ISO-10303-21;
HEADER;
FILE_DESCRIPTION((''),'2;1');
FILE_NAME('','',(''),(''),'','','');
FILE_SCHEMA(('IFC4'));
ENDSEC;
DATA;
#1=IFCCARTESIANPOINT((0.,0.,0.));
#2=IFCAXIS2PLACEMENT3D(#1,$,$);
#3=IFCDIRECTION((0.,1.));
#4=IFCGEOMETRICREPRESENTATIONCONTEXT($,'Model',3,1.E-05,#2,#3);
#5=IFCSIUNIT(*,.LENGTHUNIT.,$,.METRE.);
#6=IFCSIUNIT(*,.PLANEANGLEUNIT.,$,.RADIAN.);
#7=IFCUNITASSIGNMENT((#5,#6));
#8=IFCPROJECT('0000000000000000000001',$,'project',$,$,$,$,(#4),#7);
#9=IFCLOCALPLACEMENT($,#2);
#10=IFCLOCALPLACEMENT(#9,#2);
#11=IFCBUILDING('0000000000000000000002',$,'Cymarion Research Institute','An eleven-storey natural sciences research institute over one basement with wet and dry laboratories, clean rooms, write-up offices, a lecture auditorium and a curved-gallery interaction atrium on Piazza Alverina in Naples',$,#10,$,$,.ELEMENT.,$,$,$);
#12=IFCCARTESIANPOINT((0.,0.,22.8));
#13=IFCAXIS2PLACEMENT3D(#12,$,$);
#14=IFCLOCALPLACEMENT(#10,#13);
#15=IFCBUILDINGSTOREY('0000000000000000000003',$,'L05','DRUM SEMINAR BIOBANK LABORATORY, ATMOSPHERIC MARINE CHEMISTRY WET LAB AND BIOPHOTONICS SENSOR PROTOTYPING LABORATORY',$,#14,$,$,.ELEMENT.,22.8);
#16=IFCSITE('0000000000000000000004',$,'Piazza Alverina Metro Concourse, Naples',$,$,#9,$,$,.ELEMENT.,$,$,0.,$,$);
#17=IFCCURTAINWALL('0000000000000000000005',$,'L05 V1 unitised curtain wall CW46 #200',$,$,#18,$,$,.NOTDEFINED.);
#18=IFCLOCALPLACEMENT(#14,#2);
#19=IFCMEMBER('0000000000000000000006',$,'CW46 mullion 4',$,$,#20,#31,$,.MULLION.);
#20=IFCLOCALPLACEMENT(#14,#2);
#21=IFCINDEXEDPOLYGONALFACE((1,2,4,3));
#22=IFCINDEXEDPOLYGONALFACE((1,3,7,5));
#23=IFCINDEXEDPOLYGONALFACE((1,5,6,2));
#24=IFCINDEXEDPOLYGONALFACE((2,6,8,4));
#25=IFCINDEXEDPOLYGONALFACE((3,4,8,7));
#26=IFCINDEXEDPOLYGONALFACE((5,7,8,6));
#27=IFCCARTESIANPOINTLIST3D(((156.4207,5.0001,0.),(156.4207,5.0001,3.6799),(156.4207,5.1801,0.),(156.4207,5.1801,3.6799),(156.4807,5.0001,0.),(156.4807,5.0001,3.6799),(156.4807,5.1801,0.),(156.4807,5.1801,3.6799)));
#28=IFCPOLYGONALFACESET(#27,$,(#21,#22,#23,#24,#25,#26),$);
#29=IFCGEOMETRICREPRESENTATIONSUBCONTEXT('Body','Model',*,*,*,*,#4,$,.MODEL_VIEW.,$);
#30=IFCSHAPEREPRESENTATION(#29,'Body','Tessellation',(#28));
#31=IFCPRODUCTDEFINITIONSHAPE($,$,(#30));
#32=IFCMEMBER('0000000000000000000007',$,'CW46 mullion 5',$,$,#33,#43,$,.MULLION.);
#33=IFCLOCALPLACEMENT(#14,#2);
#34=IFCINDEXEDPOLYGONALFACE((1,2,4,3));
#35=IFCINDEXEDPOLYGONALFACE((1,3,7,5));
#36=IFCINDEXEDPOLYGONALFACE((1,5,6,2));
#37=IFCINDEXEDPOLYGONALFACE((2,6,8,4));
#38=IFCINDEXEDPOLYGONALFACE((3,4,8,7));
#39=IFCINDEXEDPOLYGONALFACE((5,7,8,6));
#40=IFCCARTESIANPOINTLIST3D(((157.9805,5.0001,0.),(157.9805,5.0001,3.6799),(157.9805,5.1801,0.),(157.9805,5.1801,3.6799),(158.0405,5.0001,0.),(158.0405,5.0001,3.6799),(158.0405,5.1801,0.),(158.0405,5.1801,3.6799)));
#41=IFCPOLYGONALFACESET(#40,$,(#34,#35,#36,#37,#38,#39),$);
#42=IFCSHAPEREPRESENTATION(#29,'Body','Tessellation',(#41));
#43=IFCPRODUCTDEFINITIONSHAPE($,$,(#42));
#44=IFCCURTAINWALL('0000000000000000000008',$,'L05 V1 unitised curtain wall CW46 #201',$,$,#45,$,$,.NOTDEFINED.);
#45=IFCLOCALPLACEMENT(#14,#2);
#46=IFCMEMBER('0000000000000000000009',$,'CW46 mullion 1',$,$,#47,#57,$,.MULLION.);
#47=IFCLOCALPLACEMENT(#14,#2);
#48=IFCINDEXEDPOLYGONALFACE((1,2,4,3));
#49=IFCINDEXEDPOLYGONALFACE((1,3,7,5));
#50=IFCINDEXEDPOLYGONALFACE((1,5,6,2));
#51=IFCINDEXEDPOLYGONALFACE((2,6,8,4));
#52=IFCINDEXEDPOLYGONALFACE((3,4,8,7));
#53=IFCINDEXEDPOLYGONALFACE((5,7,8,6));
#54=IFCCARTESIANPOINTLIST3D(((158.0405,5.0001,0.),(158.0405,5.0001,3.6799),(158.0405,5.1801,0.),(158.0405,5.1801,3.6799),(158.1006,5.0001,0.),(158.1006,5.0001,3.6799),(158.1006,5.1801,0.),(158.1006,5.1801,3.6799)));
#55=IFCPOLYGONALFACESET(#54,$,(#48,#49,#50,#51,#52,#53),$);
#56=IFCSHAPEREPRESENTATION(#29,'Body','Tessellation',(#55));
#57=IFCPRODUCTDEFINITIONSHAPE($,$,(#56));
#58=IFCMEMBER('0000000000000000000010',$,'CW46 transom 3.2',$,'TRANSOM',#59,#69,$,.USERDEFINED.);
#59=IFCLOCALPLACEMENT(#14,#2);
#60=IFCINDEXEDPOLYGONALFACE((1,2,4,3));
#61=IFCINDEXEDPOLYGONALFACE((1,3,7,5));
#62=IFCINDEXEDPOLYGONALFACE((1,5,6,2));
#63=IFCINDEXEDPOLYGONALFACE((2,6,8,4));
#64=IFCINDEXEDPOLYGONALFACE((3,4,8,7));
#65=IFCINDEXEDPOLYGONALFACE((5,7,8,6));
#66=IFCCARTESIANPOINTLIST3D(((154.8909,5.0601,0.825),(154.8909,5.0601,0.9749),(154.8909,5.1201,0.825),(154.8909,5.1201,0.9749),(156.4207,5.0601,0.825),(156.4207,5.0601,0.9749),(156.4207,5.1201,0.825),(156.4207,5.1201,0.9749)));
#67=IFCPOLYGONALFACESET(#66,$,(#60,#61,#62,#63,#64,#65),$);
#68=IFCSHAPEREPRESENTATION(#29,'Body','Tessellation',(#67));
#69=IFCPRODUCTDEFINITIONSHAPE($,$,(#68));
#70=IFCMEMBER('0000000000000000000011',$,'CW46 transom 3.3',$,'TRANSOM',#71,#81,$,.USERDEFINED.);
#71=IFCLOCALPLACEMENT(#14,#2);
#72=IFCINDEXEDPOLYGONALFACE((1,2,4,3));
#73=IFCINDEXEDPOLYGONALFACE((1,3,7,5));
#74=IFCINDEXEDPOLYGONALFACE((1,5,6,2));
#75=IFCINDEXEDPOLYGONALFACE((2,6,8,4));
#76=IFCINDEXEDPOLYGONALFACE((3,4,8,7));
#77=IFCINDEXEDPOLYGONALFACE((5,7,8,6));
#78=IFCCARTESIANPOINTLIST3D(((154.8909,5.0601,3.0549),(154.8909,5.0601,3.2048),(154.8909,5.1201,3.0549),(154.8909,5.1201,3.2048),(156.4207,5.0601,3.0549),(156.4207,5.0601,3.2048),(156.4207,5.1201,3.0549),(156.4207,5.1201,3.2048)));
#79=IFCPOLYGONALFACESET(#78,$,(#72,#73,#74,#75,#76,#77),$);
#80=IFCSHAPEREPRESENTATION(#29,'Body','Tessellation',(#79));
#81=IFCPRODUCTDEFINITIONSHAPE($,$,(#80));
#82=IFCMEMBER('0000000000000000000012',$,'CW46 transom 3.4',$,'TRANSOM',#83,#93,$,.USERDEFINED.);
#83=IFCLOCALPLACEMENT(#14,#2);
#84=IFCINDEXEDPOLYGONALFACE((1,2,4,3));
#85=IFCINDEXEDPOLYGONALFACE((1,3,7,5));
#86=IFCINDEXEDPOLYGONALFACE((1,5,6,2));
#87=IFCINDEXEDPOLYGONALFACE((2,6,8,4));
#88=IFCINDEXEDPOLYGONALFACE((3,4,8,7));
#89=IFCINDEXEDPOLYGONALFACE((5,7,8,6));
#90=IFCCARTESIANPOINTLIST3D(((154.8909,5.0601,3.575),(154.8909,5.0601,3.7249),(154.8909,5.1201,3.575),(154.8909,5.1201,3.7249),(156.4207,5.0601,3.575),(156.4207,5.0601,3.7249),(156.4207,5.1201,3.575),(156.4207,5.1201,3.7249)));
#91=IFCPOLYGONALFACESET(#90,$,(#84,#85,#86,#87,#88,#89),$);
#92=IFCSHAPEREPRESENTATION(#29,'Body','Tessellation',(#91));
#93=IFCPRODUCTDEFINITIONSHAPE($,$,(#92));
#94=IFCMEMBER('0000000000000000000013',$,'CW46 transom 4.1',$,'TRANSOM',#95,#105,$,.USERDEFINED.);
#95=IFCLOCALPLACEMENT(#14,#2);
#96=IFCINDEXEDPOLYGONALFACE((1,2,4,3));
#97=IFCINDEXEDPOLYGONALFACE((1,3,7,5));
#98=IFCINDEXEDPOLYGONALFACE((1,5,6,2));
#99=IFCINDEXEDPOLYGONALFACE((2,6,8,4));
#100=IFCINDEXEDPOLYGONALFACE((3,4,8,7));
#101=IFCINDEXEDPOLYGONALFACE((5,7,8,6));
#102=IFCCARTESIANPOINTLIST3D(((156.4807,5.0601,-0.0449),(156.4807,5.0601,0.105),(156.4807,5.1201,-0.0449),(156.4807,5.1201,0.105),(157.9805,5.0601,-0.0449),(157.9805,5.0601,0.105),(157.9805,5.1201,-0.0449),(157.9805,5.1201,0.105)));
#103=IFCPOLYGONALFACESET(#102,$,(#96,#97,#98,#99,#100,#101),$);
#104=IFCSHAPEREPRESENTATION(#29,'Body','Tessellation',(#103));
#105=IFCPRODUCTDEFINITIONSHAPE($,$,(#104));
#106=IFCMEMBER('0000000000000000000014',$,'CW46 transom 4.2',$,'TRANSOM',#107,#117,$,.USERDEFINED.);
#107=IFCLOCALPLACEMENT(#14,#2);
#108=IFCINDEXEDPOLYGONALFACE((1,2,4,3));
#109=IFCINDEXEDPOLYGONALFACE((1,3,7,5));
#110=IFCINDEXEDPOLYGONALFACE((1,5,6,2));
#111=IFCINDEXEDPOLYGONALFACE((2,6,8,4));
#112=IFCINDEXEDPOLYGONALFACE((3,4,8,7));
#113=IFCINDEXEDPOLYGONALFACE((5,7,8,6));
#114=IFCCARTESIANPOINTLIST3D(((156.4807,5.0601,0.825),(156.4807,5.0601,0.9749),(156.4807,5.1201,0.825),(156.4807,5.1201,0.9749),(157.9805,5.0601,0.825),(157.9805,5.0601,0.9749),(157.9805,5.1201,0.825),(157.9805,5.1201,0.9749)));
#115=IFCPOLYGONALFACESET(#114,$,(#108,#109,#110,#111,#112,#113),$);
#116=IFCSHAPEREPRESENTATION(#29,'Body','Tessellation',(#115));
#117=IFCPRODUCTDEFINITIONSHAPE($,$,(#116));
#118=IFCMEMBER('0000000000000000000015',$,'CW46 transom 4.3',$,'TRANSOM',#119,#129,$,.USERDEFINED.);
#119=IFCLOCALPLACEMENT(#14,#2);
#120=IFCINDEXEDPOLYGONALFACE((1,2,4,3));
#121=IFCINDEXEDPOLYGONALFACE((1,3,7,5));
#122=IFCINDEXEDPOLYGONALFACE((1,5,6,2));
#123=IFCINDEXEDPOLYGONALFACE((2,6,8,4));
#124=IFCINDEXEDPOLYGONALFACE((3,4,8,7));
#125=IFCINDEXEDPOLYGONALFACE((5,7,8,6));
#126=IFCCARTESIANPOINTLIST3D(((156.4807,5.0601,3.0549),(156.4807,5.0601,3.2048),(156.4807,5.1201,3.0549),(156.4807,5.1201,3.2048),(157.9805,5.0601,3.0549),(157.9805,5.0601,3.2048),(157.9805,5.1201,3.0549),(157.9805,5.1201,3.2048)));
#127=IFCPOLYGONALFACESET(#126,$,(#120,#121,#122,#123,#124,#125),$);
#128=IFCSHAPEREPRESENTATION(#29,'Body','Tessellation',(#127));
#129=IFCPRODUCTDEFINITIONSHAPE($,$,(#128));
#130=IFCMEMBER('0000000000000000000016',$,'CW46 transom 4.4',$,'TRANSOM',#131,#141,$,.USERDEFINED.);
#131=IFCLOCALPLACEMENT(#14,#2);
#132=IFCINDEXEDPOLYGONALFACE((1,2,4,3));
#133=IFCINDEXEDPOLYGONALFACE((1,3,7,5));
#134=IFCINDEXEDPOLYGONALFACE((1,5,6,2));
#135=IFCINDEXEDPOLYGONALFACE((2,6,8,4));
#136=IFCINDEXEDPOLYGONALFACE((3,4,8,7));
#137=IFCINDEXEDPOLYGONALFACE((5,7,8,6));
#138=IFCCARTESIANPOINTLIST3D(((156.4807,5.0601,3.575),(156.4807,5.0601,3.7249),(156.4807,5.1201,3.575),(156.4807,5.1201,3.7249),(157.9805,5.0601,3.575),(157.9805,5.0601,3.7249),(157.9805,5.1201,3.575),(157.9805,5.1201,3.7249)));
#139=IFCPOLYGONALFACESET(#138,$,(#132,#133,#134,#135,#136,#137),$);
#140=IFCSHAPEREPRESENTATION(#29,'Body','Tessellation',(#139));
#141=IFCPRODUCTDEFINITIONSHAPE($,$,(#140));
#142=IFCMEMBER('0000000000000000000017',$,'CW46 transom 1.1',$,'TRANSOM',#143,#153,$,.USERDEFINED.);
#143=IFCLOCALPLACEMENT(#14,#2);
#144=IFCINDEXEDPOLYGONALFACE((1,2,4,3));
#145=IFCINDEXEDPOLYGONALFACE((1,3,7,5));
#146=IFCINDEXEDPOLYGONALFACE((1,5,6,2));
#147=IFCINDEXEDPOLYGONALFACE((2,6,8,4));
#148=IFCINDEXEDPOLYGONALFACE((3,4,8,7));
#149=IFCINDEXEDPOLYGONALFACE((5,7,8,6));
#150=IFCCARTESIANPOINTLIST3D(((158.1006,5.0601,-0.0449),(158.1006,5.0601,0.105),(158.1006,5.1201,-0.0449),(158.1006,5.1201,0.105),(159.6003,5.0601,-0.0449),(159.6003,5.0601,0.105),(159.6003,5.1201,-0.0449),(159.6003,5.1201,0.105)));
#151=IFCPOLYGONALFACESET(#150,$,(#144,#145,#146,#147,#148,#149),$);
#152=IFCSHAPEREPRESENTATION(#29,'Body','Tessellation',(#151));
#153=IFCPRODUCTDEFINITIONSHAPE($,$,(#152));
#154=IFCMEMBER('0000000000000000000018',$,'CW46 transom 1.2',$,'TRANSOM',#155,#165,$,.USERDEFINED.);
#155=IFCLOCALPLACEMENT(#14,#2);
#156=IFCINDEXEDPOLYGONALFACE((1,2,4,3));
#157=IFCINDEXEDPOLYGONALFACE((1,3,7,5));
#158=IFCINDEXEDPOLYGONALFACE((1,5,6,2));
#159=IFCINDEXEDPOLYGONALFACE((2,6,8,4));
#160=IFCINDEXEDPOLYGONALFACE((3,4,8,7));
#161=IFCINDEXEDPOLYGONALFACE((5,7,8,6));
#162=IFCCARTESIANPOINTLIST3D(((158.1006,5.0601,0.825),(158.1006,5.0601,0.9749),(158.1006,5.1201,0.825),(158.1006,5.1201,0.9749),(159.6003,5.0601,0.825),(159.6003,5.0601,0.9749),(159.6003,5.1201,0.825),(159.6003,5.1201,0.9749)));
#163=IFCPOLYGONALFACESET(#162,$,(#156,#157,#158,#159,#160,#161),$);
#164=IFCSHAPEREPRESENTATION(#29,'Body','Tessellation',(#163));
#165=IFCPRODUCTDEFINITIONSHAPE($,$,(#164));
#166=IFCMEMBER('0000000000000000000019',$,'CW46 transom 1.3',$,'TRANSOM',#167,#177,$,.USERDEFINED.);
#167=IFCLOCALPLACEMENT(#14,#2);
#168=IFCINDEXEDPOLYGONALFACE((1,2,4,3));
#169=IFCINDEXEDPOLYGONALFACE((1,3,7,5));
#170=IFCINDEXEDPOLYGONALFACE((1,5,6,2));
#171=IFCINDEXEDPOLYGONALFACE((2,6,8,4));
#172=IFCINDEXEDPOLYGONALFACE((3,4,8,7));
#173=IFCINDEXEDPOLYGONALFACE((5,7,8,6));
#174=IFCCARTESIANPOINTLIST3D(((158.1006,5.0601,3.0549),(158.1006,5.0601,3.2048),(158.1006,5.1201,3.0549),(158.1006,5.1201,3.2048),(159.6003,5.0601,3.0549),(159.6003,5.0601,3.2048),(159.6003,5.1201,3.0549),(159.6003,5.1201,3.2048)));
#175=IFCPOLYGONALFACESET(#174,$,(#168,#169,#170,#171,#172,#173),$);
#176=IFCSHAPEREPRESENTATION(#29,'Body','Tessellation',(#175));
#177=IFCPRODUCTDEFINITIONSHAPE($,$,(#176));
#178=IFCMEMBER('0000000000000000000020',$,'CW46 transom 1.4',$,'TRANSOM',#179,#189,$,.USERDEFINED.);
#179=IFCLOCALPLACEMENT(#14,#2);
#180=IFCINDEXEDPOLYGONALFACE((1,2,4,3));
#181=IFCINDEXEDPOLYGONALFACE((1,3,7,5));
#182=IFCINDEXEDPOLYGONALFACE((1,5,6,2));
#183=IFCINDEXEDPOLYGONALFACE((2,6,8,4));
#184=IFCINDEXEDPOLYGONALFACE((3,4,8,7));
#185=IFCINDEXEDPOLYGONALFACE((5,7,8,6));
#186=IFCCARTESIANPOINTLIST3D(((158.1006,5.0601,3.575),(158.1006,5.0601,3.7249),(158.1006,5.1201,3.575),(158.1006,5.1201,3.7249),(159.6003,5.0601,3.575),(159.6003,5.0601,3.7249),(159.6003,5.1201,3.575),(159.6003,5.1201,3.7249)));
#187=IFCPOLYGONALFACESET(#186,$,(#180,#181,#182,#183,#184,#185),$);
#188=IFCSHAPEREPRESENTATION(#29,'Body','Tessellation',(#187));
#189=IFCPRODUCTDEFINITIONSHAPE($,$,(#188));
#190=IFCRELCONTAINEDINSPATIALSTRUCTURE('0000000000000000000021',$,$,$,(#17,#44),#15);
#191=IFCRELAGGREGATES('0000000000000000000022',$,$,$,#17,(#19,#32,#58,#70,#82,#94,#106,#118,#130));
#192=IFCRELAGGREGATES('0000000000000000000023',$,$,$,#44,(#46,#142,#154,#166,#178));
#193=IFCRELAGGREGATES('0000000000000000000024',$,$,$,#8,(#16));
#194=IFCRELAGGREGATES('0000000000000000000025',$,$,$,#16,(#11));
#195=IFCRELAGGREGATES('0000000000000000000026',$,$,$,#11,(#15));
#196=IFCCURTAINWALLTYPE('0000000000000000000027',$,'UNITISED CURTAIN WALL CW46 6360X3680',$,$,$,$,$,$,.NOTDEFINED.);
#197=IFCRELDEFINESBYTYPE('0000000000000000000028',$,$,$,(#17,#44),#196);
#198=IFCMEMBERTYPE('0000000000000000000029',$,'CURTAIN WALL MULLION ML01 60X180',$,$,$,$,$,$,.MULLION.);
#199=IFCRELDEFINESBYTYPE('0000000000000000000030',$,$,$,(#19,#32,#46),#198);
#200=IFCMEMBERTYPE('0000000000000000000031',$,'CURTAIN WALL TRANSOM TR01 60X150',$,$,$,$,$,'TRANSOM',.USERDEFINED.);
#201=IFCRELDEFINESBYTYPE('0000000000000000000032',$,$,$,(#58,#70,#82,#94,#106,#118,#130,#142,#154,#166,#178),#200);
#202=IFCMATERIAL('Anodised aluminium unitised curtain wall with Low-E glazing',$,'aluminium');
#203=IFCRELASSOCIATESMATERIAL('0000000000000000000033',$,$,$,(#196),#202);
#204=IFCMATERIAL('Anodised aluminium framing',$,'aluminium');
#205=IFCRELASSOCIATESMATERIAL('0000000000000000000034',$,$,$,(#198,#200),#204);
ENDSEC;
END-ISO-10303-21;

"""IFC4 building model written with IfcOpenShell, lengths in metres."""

from ifc_helpers import new_model, si_unit, direction, frame, origin, origin_2d, place, context, subcontext, project, spatial, rectangle, extrude, material, material_profile, profile_set, type_object, element, aggregate, save


model = new_model("IFC4")

# Units and contexts
model_context = context("Model", 3, precision=1e-05, world=origin(), true_north=direction((0.0, 1.0)))
body_context = subcontext(model_context, "Body", "Model", "MODEL_VIEW")
ifc_project = project(units=[si_unit("LENGTHUNIT", "METRE"), si_unit("PLANEANGLEUNIT", "RADIAN")], contexts=[model_context])

# Site, building, storey
site_placement = place(None, origin())
site = spatial("IfcSite", under=ifc_project, at=site_placement, Name="Piazza Alverina Metro Concourse, Naples", CompositionType="ELEMENT", RefElevation=0.0)
building_placement = place(site_placement, origin())
building = spatial("IfcBuilding", under=site, at=building_placement, Name="Cymarion Research Institute", Description="An eleven-storey natural sciences research institute over one basement with wet and dry laboratories, clean rooms, write-up offices, a lecture auditorium and a curved-gallery interaction atrium on Piazza Alverina in Naples", CompositionType="ELEMENT")
storey_placement = place(building_placement, frame((0.0, 0.0, 22.8)))
storey = spatial("IfcBuildingStorey", under=building, at=storey_placement, Name="L05", Description="DRUM SEMINAR BIOBANK LABORATORY, ATMOSPHERIC MARINE CHEMISTRY WET LAB AND BIOPHOTONICS SENSOR PROTOTYPING LABORATORY", CompositionType="ELEMENT", Elevation=22.8)

# Curtain wall, members
ifc_material_1 = material(Name="Anodised aluminium unitised curtain wall with Low-E glazing", Category="aluminium")
curtain_wall_type = type_object("IfcCurtainWallType", Name="UNITISED CURTAIN WALL CW46 6360X3680", PredefinedType="NOTDEFINED", material=ifc_material_1)
curtain_wall_1_placement = place(storey_placement, origin())
curtain_wall_1 = element("IfcCurtainWall", 1, at=curtain_wall_1_placement, inside=storey, type_object=curtain_wall_type, Name="L05 V1 unitised curtain wall CW46 #200", PredefinedType="NOTDEFINED")
ifc_material_2 = material(Name="Anodised aluminium framing", Category="aluminium")
ifc_material_profile_1 = material_profile(ifc_material_2, rectangle(XDim=0.0601, YDim=0.1799, at=origin_2d()), Name="ALU MULLION 60x180")
ifc_profile_set_1 = profile_set([ifc_material_profile_1], Name="Anodised aluminium framing")
member_type_1 = type_object("IfcMemberType", Name="CURTAIN WALL MULLION ML01 60X180", PredefinedType="MULLION", material=ifc_profile_set_1)
member_1_placement = place(storey_placement, frame((156.4507, 5.0901, 0.0), z_axis=(0.0, 0.0, 1.0), x_axis=(1.0, 0.0, 0.0)))
member_1 = element("IfcMember", 2, at=member_1_placement, type_object=member_type_1, Name="CW46 mullion 4", PredefinedType="MULLION", context=body_context, shape_type="SweptSolid", body=[
    extrude(rectangle(XDim=0.0601, YDim=0.1799, at=origin_2d()), origin(), (0.0, 0.0, 1.0), 3.6799),
])
member_2_placement = place(storey_placement, frame((158.0105, 5.0901, 0.0), z_axis=(0.0, 0.0, 1.0), x_axis=(1.0, 0.0, 0.0)))
member_2 = element("IfcMember", 3, at=member_2_placement, type_object=member_type_1, Name="CW46 mullion 5", PredefinedType="MULLION", context=body_context, shape_type="SweptSolid", body=[
    extrude(rectangle(XDim=0.0601, YDim=0.1799, at=origin_2d()), origin(), (0.0, 0.0, 1.0), 3.6799),
])

# Curtain wall, member
curtain_wall_2_placement = place(storey_placement, origin())
curtain_wall_2 = element("IfcCurtainWall", 4, at=curtain_wall_2_placement, inside=storey, type_object=curtain_wall_type, Name="L05 V1 unitised curtain wall CW46 #201", PredefinedType="NOTDEFINED")
member_3_placement = place(storey_placement, frame((158.0706, 5.0901, 0.0), z_axis=(0.0, 0.0, 1.0), x_axis=(1.0, 0.0, 0.0)))
member_3 = element("IfcMember", 5, at=member_3_placement, type_object=member_type_1, Name="CW46 mullion 1", PredefinedType="MULLION", context=body_context, shape_type="SweptSolid", body=[
    extrude(rectangle(XDim=0.0601, YDim=0.1799, at=origin_2d()), origin(), (0.0, 0.0, 1.0), 3.6799),
])

# Members
ifc_material_profile_2 = material_profile(ifc_material_2, rectangle(XDim=0.0601, YDim=0.1499, at=origin_2d()), Name="ALU TRANSOM 60x150")
ifc_profile_set_2 = profile_set([ifc_material_profile_2], Name="Anodised aluminium framing")
member_type_2 = type_object("IfcMemberType", Name="CURTAIN WALL TRANSOM TR01 60X150", ElementType="TRANSOM", PredefinedType="USERDEFINED", material=ifc_profile_set_2)
member_4_placement = place(storey_placement, frame((154.8909, 5.0901, 0.8999), z_axis=(1.0, 0.0, 0.0), x_axis=(0.0, 1.0, 0.0)))
member_4 = element("IfcMember", 6, at=member_4_placement, type_object=member_type_2, Name="CW46 transom 3.2", ObjectType="TRANSOM", PredefinedType="USERDEFINED", context=body_context, shape_type="SweptSolid", body=[
    extrude(rectangle(XDim=0.0601, YDim=0.1499, at=origin_2d()), origin(), (0.0, 0.0, 1.0), 1.5298),
])
member_5_placement = place(storey_placement, frame((154.8909, 5.0901, 3.1299), z_axis=(1.0, 0.0, 0.0), x_axis=(0.0, 1.0, 0.0)))
member_5 = element("IfcMember", 7, at=member_5_placement, type_object=member_type_2, Name="CW46 transom 3.3", ObjectType="TRANSOM", PredefinedType="USERDEFINED", context=body_context, shape_type="SweptSolid", body=[
    extrude(rectangle(XDim=0.0601, YDim=0.1499, at=origin_2d()), origin(), (0.0, 0.0, 1.0), 1.5298),
])
member_6_placement = place(storey_placement, frame((154.8909, 5.0901, 3.6499), z_axis=(1.0, 0.0, 0.0), x_axis=(0.0, 1.0, 0.0)))
member_6 = element("IfcMember", 8, at=member_6_placement, type_object=member_type_2, Name="CW46 transom 3.4", ObjectType="TRANSOM", PredefinedType="USERDEFINED", context=body_context, shape_type="SweptSolid", body=[
    extrude(rectangle(XDim=0.0601, YDim=0.1499, at=origin_2d()), origin(), (0.0, 0.0, 1.0), 1.5298),
])
member_7_placement = place(storey_placement, frame((156.4807, 5.0901, 0.03), z_axis=(1.0, 0.0, 0.0), x_axis=(0.0, 1.0, 0.0)))
member_7 = element("IfcMember", 9, at=member_7_placement, type_object=member_type_2, Name="CW46 transom 4.1", ObjectType="TRANSOM", PredefinedType="USERDEFINED", context=body_context, shape_type="SweptSolid", body=[
    extrude(rectangle(XDim=0.0601, YDim=0.1499, at=origin_2d()), origin(), (0.0, 0.0, 1.0), 1.4998),
])
member_8_placement = place(storey_placement, frame((156.4807, 5.0901, 0.8999), z_axis=(1.0, 0.0, 0.0), x_axis=(0.0, 1.0, 0.0)))
member_8 = element("IfcMember", 10, at=member_8_placement, type_object=member_type_2, Name="CW46 transom 4.2", ObjectType="TRANSOM", PredefinedType="USERDEFINED", context=body_context, shape_type="SweptSolid", body=[
    extrude(rectangle(XDim=0.0601, YDim=0.1499, at=origin_2d()), origin(), (0.0, 0.0, 1.0), 1.4998),
])
member_9_placement = place(storey_placement, frame((156.4807, 5.0901, 3.1299), z_axis=(1.0, 0.0, 0.0), x_axis=(0.0, 1.0, 0.0)))
member_9 = element("IfcMember", 11, at=member_9_placement, type_object=member_type_2, Name="CW46 transom 4.3", ObjectType="TRANSOM", PredefinedType="USERDEFINED", context=body_context, shape_type="SweptSolid", body=[
    extrude(rectangle(XDim=0.0601, YDim=0.1499, at=origin_2d()), origin(), (0.0, 0.0, 1.0), 1.4998),
])
member_10_placement = place(storey_placement, frame((156.4807, 5.0901, 3.6499), z_axis=(1.0, 0.0, 0.0), x_axis=(0.0, 1.0, 0.0)))
member_10 = element("IfcMember", 12, at=member_10_placement, type_object=member_type_2, Name="CW46 transom 4.4", ObjectType="TRANSOM", PredefinedType="USERDEFINED", context=body_context, shape_type="SweptSolid", body=[
    extrude(rectangle(XDim=0.0601, YDim=0.1499, at=origin_2d()), origin(), (0.0, 0.0, 1.0), 1.4998),
])
member_11_placement = place(storey_placement, frame((158.1006, 5.0901, 0.03), z_axis=(1.0, 0.0, 0.0), x_axis=(0.0, 1.0, 0.0)))
member_11 = element("IfcMember", 13, at=member_11_placement, type_object=member_type_2, Name="CW46 transom 1.1", ObjectType="TRANSOM", PredefinedType="USERDEFINED", context=body_context, shape_type="SweptSolid", body=[
    extrude(rectangle(XDim=0.0601, YDim=0.1499, at=origin_2d()), origin(), (0.0, 0.0, 1.0), 1.4998),
])
member_12_placement = place(storey_placement, frame((158.1006, 5.0901, 0.8999), z_axis=(1.0, 0.0, 0.0), x_axis=(0.0, 1.0, 0.0)))
member_12 = element("IfcMember", 14, at=member_12_placement, type_object=member_type_2, Name="CW46 transom 1.2", ObjectType="TRANSOM", PredefinedType="USERDEFINED", context=body_context, shape_type="SweptSolid", body=[
    extrude(rectangle(XDim=0.0601, YDim=0.1499, at=origin_2d()), origin(), (0.0, 0.0, 1.0), 1.4998),
])
member_13_placement = place(storey_placement, frame((158.1006, 5.0901, 3.1299), z_axis=(1.0, 0.0, 0.0), x_axis=(0.0, 1.0, 0.0)))
member_13 = element("IfcMember", 15, at=member_13_placement, type_object=member_type_2, Name="CW46 transom 1.3", ObjectType="TRANSOM", PredefinedType="USERDEFINED", context=body_context, shape_type="SweptSolid", body=[
    extrude(rectangle(XDim=0.0601, YDim=0.1499, at=origin_2d()), origin(), (0.0, 0.0, 1.0), 1.4998),
])
member_14_placement = place(storey_placement, frame((158.1006, 5.0901, 3.6499), z_axis=(1.0, 0.0, 0.0), x_axis=(0.0, 1.0, 0.0)))
member_14 = element("IfcMember", 16, at=member_14_placement, type_object=member_type_2, Name="CW46 transom 1.4", ObjectType="TRANSOM", PredefinedType="USERDEFINED", context=body_context, shape_type="SweptSolid", body=[
    extrude(rectangle(XDim=0.0601, YDim=0.1499, at=origin_2d()), origin(), (0.0, 0.0, 1.0), 1.4998),
])

aggregate(curtain_wall_1, [member_1, member_2, member_4, member_5, member_6, member_7, member_8, member_9, member_10])
aggregate(curtain_wall_2, [member_3, member_11, member_12, member_13, member_14])

save(model, "model.ifc")
